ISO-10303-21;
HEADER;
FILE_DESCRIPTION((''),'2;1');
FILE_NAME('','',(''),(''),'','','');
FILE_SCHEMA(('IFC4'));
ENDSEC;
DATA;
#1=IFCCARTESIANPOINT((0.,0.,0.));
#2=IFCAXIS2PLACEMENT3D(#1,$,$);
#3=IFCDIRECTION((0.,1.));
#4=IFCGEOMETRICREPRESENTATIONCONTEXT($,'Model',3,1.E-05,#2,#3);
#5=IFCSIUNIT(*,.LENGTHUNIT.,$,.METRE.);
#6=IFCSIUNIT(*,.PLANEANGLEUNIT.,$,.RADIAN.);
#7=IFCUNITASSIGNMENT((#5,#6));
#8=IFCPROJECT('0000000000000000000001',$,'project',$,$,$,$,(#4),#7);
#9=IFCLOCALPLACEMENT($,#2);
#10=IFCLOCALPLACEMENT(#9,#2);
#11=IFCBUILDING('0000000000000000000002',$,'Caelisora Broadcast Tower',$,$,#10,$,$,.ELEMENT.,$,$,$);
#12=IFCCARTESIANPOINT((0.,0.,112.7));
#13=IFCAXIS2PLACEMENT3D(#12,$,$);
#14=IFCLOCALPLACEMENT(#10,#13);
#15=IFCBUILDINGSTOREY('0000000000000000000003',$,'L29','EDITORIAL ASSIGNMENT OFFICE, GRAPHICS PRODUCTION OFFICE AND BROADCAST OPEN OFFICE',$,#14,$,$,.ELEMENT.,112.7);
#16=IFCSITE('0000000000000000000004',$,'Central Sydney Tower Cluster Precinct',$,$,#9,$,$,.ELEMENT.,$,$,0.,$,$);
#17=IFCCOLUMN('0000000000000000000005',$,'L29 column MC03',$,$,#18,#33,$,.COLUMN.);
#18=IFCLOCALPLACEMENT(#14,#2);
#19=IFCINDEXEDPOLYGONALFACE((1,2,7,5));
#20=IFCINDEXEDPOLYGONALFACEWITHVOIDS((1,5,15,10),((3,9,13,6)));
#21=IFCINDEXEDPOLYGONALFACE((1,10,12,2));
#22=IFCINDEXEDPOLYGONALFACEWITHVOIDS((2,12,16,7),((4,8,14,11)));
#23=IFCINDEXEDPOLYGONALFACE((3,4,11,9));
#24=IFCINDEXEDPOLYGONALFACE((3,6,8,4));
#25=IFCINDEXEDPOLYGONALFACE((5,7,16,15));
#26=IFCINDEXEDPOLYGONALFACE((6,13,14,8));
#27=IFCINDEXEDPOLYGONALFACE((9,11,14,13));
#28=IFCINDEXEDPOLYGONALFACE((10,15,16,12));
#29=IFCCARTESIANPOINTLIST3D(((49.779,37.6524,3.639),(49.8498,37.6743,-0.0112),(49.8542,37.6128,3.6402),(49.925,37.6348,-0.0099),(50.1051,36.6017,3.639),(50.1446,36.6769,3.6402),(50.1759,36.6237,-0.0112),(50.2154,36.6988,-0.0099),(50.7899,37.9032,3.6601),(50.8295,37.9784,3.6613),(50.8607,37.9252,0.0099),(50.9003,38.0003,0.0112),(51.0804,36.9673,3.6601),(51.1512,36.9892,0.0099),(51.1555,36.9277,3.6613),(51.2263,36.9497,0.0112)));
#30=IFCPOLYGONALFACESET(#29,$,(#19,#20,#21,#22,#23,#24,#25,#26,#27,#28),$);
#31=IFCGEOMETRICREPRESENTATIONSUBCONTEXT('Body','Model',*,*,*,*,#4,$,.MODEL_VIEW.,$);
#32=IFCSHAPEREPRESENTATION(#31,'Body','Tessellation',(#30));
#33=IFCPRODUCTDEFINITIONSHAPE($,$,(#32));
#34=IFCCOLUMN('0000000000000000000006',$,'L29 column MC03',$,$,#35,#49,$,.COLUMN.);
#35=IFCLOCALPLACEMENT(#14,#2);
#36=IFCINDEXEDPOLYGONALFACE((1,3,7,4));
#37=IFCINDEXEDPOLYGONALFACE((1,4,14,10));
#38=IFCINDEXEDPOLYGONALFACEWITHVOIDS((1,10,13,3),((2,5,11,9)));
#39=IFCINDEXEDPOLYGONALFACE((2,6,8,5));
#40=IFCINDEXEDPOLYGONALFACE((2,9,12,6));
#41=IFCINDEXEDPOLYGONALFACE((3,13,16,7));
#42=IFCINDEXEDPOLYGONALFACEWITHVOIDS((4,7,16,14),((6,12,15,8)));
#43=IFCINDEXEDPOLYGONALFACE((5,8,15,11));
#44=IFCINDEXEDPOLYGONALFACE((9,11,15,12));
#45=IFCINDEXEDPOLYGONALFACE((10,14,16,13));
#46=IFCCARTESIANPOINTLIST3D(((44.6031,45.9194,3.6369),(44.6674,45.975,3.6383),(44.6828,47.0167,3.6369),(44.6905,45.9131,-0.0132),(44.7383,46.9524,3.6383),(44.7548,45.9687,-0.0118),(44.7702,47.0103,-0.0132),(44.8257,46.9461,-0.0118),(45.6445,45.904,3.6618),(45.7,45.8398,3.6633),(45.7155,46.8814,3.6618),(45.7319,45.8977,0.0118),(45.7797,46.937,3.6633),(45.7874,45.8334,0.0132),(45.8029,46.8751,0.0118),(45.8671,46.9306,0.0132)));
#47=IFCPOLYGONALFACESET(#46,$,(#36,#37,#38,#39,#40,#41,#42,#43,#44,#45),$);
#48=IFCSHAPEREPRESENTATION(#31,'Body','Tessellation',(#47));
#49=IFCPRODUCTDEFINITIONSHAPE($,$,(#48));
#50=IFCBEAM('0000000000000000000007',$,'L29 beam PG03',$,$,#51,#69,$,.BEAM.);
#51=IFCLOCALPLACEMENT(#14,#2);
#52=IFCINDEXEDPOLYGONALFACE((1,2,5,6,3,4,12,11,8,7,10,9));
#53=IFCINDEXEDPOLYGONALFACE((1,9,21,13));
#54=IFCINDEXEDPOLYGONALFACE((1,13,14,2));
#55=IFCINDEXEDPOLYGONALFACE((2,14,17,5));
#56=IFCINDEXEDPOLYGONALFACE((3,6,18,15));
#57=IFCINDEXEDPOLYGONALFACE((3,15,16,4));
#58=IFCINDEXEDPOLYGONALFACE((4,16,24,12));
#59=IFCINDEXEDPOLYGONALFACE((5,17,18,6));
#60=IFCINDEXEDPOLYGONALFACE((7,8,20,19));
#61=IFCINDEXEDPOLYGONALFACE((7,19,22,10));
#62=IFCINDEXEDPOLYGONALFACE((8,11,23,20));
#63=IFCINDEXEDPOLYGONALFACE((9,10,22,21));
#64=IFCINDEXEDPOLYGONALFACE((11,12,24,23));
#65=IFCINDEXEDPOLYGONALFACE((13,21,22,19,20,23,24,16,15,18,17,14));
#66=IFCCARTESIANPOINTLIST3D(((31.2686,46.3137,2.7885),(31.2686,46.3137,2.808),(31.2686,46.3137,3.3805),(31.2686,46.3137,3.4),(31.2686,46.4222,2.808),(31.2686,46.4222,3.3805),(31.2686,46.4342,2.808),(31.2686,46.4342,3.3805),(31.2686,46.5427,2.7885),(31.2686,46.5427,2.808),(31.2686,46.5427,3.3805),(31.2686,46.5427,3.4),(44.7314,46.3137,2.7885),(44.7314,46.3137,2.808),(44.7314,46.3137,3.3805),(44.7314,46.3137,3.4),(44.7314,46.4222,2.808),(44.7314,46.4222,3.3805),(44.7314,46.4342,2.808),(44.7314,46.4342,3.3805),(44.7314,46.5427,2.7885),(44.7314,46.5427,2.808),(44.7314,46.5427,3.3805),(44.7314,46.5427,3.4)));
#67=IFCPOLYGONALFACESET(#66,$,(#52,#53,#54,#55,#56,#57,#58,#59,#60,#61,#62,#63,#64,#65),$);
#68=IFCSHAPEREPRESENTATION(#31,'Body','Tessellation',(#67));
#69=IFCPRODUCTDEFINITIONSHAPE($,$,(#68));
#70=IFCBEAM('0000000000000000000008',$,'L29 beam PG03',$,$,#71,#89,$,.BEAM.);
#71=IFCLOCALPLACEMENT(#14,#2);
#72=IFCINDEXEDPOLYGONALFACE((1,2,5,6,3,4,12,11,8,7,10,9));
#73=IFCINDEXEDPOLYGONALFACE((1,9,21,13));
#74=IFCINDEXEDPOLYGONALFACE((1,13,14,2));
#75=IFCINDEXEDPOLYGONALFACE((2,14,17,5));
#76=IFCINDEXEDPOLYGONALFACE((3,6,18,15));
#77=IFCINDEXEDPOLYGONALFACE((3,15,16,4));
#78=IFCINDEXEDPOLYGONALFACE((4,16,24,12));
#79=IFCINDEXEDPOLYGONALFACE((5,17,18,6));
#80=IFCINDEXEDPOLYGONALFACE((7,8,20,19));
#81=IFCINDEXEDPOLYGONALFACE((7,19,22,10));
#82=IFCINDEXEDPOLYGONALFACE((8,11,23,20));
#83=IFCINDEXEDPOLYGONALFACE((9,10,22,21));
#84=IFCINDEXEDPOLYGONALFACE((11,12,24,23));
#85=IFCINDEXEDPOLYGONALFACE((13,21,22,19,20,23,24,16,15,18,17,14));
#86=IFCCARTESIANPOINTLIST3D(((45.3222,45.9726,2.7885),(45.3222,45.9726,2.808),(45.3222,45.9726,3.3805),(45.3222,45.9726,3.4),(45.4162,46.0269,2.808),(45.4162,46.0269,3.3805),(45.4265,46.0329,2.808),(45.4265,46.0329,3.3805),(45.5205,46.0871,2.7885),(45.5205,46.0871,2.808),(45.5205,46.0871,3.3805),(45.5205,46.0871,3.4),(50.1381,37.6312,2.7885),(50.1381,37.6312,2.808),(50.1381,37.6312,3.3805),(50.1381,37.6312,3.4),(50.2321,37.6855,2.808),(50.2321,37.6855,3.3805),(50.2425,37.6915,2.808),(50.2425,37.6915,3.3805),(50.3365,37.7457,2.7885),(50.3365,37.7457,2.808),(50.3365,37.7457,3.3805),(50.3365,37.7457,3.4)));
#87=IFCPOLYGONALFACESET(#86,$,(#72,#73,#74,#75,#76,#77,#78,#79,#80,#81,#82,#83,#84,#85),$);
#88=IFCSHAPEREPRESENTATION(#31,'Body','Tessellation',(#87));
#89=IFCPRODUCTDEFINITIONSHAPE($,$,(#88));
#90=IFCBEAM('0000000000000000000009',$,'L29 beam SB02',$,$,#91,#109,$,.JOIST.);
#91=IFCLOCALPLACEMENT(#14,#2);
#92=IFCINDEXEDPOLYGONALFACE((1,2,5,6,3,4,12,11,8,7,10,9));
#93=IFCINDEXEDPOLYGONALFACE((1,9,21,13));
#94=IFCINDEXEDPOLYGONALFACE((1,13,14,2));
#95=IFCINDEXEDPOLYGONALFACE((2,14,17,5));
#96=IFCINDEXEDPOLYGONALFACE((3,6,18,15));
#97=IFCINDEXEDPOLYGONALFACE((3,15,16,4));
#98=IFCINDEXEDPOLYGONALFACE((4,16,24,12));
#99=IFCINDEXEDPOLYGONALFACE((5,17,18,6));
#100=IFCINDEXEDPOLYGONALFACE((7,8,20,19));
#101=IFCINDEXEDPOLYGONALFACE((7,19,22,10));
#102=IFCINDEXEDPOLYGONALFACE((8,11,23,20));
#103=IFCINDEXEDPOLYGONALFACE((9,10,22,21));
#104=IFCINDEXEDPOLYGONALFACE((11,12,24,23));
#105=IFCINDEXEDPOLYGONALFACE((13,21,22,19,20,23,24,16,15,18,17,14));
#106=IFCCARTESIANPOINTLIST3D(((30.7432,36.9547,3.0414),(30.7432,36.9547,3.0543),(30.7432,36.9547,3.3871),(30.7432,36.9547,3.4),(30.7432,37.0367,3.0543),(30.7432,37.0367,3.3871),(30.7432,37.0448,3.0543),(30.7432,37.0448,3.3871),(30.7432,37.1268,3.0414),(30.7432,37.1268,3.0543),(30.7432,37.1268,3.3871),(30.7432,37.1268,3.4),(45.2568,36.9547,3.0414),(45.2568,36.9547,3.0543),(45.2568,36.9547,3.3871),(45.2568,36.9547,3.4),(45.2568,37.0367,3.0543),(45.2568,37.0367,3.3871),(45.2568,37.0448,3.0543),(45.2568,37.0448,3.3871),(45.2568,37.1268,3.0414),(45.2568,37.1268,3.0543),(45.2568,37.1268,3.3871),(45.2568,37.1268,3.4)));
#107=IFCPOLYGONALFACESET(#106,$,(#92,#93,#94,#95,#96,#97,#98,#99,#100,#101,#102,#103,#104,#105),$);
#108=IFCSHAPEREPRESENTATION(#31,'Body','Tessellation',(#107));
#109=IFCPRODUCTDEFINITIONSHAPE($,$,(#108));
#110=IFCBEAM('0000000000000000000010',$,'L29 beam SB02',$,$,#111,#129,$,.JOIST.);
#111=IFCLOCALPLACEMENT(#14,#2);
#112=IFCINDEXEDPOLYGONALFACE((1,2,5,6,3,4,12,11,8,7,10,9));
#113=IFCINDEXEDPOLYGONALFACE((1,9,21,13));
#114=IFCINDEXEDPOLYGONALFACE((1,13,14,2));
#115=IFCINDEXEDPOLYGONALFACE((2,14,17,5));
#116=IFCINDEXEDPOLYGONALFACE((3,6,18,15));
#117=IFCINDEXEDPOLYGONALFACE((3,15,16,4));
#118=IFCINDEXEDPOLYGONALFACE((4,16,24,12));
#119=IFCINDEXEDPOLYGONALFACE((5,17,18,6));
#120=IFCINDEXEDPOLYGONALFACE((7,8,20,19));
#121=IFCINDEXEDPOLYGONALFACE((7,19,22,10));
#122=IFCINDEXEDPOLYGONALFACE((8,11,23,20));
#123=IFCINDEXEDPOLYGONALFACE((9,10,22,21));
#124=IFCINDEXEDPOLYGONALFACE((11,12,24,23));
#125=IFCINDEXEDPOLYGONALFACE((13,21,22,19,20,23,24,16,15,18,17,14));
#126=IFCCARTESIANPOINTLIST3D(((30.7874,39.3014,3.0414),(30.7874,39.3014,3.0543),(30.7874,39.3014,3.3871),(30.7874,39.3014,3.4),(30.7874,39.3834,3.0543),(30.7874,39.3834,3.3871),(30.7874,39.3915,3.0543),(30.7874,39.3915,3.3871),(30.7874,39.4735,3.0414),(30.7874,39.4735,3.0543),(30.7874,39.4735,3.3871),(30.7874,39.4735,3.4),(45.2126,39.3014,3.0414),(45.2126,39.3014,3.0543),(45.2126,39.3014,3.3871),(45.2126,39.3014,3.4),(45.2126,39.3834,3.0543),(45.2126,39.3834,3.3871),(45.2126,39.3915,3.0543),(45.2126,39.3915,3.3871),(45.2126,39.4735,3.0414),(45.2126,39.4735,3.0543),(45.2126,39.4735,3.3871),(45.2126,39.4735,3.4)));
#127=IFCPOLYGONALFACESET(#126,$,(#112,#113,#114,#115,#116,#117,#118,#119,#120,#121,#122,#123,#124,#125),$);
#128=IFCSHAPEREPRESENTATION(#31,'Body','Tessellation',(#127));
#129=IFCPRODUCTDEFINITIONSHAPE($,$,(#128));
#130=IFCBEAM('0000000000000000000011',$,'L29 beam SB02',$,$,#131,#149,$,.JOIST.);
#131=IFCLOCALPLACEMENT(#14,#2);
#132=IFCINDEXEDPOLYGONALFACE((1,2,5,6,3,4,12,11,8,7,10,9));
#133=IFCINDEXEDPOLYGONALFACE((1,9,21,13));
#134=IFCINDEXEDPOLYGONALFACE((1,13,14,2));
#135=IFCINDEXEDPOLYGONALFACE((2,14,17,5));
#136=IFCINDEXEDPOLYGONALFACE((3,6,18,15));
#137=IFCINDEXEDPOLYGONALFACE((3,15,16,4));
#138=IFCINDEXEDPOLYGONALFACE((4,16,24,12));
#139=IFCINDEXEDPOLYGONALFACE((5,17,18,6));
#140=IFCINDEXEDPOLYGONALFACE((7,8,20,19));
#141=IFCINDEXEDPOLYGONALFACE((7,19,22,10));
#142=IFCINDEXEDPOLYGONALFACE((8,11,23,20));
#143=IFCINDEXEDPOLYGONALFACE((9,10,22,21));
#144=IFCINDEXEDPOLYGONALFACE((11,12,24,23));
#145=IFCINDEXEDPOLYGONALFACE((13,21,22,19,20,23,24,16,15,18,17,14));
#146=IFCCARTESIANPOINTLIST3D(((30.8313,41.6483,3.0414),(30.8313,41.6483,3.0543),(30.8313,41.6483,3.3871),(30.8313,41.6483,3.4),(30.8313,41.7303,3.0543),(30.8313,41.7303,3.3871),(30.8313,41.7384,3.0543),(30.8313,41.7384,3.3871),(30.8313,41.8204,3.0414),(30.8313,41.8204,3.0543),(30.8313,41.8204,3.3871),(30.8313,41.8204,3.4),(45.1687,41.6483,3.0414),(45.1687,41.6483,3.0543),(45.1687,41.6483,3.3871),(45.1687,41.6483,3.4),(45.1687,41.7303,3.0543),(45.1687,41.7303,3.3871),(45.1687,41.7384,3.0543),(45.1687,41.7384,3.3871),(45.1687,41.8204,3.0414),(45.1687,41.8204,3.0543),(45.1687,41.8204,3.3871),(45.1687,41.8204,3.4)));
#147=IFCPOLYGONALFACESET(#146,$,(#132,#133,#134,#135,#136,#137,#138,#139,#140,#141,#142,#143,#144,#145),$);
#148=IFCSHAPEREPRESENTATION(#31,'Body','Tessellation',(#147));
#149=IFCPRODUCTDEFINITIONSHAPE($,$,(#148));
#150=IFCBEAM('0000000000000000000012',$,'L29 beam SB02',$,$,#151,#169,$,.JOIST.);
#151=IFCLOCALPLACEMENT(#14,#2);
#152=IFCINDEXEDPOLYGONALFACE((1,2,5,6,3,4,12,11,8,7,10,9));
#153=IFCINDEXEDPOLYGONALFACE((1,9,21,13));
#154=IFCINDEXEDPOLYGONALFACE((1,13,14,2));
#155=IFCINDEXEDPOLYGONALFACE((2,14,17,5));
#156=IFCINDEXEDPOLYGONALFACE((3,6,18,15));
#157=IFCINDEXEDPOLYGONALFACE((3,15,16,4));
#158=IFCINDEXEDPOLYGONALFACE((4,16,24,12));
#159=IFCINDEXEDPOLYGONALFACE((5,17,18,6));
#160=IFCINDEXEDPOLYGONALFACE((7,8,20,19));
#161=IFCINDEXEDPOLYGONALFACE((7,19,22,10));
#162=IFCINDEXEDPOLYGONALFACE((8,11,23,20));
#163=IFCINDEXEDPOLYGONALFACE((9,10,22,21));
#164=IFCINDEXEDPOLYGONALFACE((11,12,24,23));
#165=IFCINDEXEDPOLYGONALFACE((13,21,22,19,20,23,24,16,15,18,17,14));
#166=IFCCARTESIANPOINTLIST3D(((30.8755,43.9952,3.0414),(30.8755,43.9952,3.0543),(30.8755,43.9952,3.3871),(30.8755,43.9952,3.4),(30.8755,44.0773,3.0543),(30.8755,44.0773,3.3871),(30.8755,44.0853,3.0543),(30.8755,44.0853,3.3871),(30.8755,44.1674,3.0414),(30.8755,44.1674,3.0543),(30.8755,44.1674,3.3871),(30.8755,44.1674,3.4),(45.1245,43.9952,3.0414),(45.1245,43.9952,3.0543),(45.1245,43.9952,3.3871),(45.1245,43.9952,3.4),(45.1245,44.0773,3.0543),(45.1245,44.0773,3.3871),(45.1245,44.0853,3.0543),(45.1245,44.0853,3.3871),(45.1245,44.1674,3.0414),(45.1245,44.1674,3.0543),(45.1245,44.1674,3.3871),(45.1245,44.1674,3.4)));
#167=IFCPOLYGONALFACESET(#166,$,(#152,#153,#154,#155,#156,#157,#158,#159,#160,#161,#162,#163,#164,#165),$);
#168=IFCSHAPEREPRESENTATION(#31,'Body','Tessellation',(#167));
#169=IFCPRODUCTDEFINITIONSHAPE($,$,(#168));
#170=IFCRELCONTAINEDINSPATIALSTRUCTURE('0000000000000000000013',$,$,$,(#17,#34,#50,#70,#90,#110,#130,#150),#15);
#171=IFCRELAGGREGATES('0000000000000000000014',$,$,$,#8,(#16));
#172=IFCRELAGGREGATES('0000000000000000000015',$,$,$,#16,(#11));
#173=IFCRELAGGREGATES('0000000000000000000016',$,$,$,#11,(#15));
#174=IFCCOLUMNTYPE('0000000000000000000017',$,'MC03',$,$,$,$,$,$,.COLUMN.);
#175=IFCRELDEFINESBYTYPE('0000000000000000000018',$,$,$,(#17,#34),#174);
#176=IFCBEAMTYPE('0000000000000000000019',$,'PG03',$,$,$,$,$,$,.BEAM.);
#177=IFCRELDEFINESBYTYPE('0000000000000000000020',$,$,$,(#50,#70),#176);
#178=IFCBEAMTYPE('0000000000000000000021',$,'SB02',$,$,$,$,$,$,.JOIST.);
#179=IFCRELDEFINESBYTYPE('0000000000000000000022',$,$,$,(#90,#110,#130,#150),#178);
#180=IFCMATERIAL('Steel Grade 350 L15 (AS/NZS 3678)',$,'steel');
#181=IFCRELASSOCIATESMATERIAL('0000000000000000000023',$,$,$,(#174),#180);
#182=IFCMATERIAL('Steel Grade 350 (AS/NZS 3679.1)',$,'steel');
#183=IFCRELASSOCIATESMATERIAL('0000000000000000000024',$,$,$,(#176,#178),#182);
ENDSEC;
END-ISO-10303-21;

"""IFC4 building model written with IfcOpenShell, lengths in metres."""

from ifc_helpers import new_model, si_unit, direction, frame, origin, origin_2d, place, context, subcontext, project, spatial, hollow_rectangle, i_section, extrude, source, transform, mapped, material, material_profile, profile_set, type_object, type_shapes, element, save


model = new_model("IFC4")

# Units and contexts
model_context = context("Model", 3, precision=1e-05, world=origin(), true_north=direction((0.0, 1.0)))
body_context = subcontext(model_context, "Body", "Model", "MODEL_VIEW")
ifc_project = project(units=[si_unit("LENGTHUNIT", "METRE"), si_unit("PLANEANGLEUNIT", "RADIAN")], contexts=[model_context])

# Site, building, storey
site_placement = place(None, origin())
site = spatial("IfcSite", under=ifc_project, at=site_placement, Name="Central Sydney Tower Cluster Precinct", CompositionType="ELEMENT", RefElevation=0.0)
building_placement = place(site_placement, origin())
building = spatial("IfcBuilding", under=site, at=building_placement, Name="Caelisora Broadcast Tower", CompositionType="ELEMENT")
storey_placement = place(building_placement, frame((0.0, 0.0, 112.7)))
storey = spatial("IfcBuildingStorey", under=building, at=storey_placement, Name="L29", Description="EDITORIAL ASSIGNMENT OFFICE, GRAPHICS PRODUCTION OFFICE AND BROADCAST OPEN OFFICE", CompositionType="ELEMENT", Elevation=112.7)

# Columns
ifc_material_1 = material(Name="Steel Grade 350 L15 (AS/NZS 3678)", Category="steel")
ifc_material_profile_1 = material_profile(ifc_material_1, hollow_rectangle(XDim=1.1001, YDim=1.1001, WallThickness=0.0601, at=origin_2d()), Name="Steel Grade 350 L15 (AS/NZS 3678)")
ifc_profile_set_1 = profile_set([ifc_material_profile_1], Name="Steel Grade 350 L15 (AS/NZS 3678)")
column_type = type_object("IfcColumnType", Name="MC03", PredefinedType="COLUMN", material=ifc_profile_set_1)
shared_shape_1 = source(origin(), body_context, "Body", "SweptSolid", [
    extrude(hollow_rectangle(XDim=1.1001, YDim=1.1001, WallThickness=0.0601, at=origin_2d()), origin(), (0.0, 0.0, 1.0), 3.6509),
])
column_1_placement = place(storey_placement, frame((50.5381, 37.312, 0.0), z_axis=(-0.019393, -0.006018, 0.999794), x_axis=(0.296399, -0.955064, 0.0)))
element("IfcColumn", 1, at=column_1_placement, inside=storey, type_object=column_type, Name="L29 column MC03", PredefinedType="COLUMN", context=body_context, shape_type="MappedRepresentation", body=[
    mapped(shared_shape_1, transform((0.0, 0.0, 0.0), scale=1.0)),
])
shared_shape_2 = source(origin(), body_context, "Body", "SweptSolid", [
    extrude(hollow_rectangle(XDim=1.1001, YDim=1.1001, WallThickness=0.0601, at=origin_2d()), origin(), (0.0, 0.0, 1.0), 3.6511),
])
type_shapes(column_type, [shared_shape_1, shared_shape_2])
column_2_placement = place(storey_placement, frame((45.2788, 46.4219, 0.0), z_axis=(-0.023938, 0.001739, 0.999712), x_axis=(-0.072435, -0.997373, 0.0)))
element("IfcColumn", 2, at=column_2_placement, inside=storey, type_object=column_type, Name="L29 column MC03", PredefinedType="COLUMN", context=body_context, shape_type="MappedRepresentation", body=[
    mapped(shared_shape_2, transform((0.0, 0.0, 0.0), scale=1.0)),
])

# Beams
ifc_material_2 = material(Name="Steel Grade 350 (AS/NZS 3679.1)", Category="steel")
ifc_material_profile_2 = material_profile(ifc_material_2, i_section(OverallWidth=0.229, OverallDepth=0.6116, WebThickness=0.012, FlangeThickness=0.0195, at=origin_2d()), Name="Steel Grade 350 (AS/NZS 3679.1)")
ifc_profile_set_2 = profile_set([ifc_material_profile_2], Name="Steel Grade 350 (AS/NZS 3679.1)")
beam_type_1 = type_object("IfcBeamType", Name="PG03", PredefinedType="BEAM", material=ifc_profile_set_2)
shared_shape_3 = source(origin(), body_context, "Body", "SweptSolid", [
    extrude(i_section(OverallWidth=0.229, OverallDepth=0.6116, WebThickness=0.012, FlangeThickness=0.0195, at=origin_2d()), origin(), (0.0, 0.0, 1.0), 13.4629),
])
beam_1_placement = place(storey_placement, frame((44.7314, 46.4282, 3.0942), z_axis=(-1.0, 0.0, 0.0), x_axis=(0.0, -1.0, 0.0)))
element("IfcBeam", 3, at=beam_1_placement, inside=storey, type_object=beam_type_1, Name="L29 beam PG03", PredefinedType="BEAM", context=body_context, shape_type="MappedRepresentation", body=[
    mapped(shared_shape_3, transform((0.0, 0.0, 0.0), scale=1.0)),
])
shared_shape_4 = source(origin(), body_context, "Body", "SweptSolid", [
    extrude(i_section(OverallWidth=0.229, OverallDepth=0.6116, WebThickness=0.012, FlangeThickness=0.0195, at=origin_2d()), origin(), (0.0, 0.0, 1.0), 9.6318),
])
type_shapes(beam_type_1, [shared_shape_3, shared_shape_4])
beam_2_placement = place(storey_placement, frame((50.2373, 37.6885, 3.0942), z_axis=(-0.500005, 0.866023, 0.0), x_axis=(-0.866023, -0.500005, 0.0)))
element("IfcBeam", 4, at=beam_2_placement, inside=storey, type_object=beam_type_1, Name="L29 beam PG03", PredefinedType="BEAM", context=body_context, shape_type="MappedRepresentation", body=[
    mapped(shared_shape_4, transform((0.0, 0.0, 0.0), scale=1.0)),
])
ifc_material_profile_3 = material_profile(ifc_material_2, i_section(OverallWidth=0.1721, OverallDepth=0.3586, WebThickness=0.0081, FlangeThickness=0.0129, at=origin_2d()), Name="Steel Grade 350 (AS/NZS 3679.1)")
ifc_profile_set_3 = profile_set([ifc_material_profile_3], Name="Steel Grade 350 (AS/NZS 3679.1)")
beam_type_2 = type_object("IfcBeamType", Name="SB02", PredefinedType="JOIST", material=ifc_profile_set_3)
shared_shape_5 = source(origin(), body_context, "Body", "SweptSolid", [
    extrude(i_section(OverallWidth=0.1721, OverallDepth=0.3586, WebThickness=0.0081, FlangeThickness=0.0129, at=origin_2d()), origin(), (0.0, 0.0, 1.0), 14.5137),
])
beam_3_placement = place(storey_placement, frame((45.2568, 37.0408, 3.2207), z_axis=(-1.0, 0.0, 0.0), x_axis=(0.0, -1.0, 0.0)))
element("IfcBeam", 5, at=beam_3_placement, inside=storey, type_object=beam_type_2, Name="L29 beam SB02", PredefinedType="JOIST", context=body_context, shape_type="MappedRepresentation", body=[
    mapped(shared_shape_5, transform((0.0, 0.0, 0.0), scale=1.0)),
])
shared_shape_6 = source(origin(), body_context, "Body", "SweptSolid", [
    extrude(i_section(OverallWidth=0.1721, OverallDepth=0.3586, WebThickness=0.0081, FlangeThickness=0.0129, at=origin_2d()), origin(), (0.0, 0.0, 1.0), 14.4253),
])
beam_4_placement = place(storey_placement, frame((45.2126, 39.3875, 3.2207), z_axis=(-1.0, 0.0, 0.0), x_axis=(0.0, -1.0, 0.0)))
element("IfcBeam", 6, at=beam_4_placement, inside=storey, type_object=beam_type_2, Name="L29 beam SB02", PredefinedType="JOIST", context=body_context, shape_type="MappedRepresentation", body=[
    mapped(shared_shape_6, transform((0.0, 0.0, 0.0), scale=1.0)),
])
shared_shape_7 = source(origin(), body_context, "Body", "SweptSolid", [
    extrude(i_section(OverallWidth=0.1721, OverallDepth=0.3586, WebThickness=0.0081, FlangeThickness=0.0129, at=origin_2d()), origin(), (0.0, 0.0, 1.0), 14.3374),
])
beam_5_placement = place(storey_placement, frame((45.1687, 41.7344, 3.2207), z_axis=(-1.0, 0.0, 0.0), x_axis=(0.0, -1.0, 0.0)))
element("IfcBeam", 7, at=beam_5_placement, inside=storey, type_object=beam_type_2, Name="L29 beam SB02", PredefinedType="JOIST", context=body_context, shape_type="MappedRepresentation", body=[
    mapped(shared_shape_7, transform((0.0, 0.0, 0.0), scale=1.0)),
])
shared_shape_8 = source(origin(), body_context, "Body", "SweptSolid", [
    extrude(i_section(OverallWidth=0.1721, OverallDepth=0.3586, WebThickness=0.0081, FlangeThickness=0.0129, at=origin_2d()), origin(), (0.0, 0.0, 1.0), 14.249),
])
type_shapes(beam_type_2, [shared_shape_5, shared_shape_6, shared_shape_7, shared_shape_8])
beam_6_placement = place(storey_placement, frame((45.1245, 44.0813, 3.2207), z_axis=(-1.0, 0.0, 0.0), x_axis=(0.0, -1.0, 0.0)))
element("IfcBeam", 8, at=beam_6_placement, inside=storey, type_object=beam_type_2, Name="L29 beam SB02", PredefinedType="JOIST", context=body_context, shape_type="MappedRepresentation", body=[
    mapped(shared_shape_8, transform((0.0, 0.0, 0.0), scale=1.0)),
])

save(model, "model.ifc")
